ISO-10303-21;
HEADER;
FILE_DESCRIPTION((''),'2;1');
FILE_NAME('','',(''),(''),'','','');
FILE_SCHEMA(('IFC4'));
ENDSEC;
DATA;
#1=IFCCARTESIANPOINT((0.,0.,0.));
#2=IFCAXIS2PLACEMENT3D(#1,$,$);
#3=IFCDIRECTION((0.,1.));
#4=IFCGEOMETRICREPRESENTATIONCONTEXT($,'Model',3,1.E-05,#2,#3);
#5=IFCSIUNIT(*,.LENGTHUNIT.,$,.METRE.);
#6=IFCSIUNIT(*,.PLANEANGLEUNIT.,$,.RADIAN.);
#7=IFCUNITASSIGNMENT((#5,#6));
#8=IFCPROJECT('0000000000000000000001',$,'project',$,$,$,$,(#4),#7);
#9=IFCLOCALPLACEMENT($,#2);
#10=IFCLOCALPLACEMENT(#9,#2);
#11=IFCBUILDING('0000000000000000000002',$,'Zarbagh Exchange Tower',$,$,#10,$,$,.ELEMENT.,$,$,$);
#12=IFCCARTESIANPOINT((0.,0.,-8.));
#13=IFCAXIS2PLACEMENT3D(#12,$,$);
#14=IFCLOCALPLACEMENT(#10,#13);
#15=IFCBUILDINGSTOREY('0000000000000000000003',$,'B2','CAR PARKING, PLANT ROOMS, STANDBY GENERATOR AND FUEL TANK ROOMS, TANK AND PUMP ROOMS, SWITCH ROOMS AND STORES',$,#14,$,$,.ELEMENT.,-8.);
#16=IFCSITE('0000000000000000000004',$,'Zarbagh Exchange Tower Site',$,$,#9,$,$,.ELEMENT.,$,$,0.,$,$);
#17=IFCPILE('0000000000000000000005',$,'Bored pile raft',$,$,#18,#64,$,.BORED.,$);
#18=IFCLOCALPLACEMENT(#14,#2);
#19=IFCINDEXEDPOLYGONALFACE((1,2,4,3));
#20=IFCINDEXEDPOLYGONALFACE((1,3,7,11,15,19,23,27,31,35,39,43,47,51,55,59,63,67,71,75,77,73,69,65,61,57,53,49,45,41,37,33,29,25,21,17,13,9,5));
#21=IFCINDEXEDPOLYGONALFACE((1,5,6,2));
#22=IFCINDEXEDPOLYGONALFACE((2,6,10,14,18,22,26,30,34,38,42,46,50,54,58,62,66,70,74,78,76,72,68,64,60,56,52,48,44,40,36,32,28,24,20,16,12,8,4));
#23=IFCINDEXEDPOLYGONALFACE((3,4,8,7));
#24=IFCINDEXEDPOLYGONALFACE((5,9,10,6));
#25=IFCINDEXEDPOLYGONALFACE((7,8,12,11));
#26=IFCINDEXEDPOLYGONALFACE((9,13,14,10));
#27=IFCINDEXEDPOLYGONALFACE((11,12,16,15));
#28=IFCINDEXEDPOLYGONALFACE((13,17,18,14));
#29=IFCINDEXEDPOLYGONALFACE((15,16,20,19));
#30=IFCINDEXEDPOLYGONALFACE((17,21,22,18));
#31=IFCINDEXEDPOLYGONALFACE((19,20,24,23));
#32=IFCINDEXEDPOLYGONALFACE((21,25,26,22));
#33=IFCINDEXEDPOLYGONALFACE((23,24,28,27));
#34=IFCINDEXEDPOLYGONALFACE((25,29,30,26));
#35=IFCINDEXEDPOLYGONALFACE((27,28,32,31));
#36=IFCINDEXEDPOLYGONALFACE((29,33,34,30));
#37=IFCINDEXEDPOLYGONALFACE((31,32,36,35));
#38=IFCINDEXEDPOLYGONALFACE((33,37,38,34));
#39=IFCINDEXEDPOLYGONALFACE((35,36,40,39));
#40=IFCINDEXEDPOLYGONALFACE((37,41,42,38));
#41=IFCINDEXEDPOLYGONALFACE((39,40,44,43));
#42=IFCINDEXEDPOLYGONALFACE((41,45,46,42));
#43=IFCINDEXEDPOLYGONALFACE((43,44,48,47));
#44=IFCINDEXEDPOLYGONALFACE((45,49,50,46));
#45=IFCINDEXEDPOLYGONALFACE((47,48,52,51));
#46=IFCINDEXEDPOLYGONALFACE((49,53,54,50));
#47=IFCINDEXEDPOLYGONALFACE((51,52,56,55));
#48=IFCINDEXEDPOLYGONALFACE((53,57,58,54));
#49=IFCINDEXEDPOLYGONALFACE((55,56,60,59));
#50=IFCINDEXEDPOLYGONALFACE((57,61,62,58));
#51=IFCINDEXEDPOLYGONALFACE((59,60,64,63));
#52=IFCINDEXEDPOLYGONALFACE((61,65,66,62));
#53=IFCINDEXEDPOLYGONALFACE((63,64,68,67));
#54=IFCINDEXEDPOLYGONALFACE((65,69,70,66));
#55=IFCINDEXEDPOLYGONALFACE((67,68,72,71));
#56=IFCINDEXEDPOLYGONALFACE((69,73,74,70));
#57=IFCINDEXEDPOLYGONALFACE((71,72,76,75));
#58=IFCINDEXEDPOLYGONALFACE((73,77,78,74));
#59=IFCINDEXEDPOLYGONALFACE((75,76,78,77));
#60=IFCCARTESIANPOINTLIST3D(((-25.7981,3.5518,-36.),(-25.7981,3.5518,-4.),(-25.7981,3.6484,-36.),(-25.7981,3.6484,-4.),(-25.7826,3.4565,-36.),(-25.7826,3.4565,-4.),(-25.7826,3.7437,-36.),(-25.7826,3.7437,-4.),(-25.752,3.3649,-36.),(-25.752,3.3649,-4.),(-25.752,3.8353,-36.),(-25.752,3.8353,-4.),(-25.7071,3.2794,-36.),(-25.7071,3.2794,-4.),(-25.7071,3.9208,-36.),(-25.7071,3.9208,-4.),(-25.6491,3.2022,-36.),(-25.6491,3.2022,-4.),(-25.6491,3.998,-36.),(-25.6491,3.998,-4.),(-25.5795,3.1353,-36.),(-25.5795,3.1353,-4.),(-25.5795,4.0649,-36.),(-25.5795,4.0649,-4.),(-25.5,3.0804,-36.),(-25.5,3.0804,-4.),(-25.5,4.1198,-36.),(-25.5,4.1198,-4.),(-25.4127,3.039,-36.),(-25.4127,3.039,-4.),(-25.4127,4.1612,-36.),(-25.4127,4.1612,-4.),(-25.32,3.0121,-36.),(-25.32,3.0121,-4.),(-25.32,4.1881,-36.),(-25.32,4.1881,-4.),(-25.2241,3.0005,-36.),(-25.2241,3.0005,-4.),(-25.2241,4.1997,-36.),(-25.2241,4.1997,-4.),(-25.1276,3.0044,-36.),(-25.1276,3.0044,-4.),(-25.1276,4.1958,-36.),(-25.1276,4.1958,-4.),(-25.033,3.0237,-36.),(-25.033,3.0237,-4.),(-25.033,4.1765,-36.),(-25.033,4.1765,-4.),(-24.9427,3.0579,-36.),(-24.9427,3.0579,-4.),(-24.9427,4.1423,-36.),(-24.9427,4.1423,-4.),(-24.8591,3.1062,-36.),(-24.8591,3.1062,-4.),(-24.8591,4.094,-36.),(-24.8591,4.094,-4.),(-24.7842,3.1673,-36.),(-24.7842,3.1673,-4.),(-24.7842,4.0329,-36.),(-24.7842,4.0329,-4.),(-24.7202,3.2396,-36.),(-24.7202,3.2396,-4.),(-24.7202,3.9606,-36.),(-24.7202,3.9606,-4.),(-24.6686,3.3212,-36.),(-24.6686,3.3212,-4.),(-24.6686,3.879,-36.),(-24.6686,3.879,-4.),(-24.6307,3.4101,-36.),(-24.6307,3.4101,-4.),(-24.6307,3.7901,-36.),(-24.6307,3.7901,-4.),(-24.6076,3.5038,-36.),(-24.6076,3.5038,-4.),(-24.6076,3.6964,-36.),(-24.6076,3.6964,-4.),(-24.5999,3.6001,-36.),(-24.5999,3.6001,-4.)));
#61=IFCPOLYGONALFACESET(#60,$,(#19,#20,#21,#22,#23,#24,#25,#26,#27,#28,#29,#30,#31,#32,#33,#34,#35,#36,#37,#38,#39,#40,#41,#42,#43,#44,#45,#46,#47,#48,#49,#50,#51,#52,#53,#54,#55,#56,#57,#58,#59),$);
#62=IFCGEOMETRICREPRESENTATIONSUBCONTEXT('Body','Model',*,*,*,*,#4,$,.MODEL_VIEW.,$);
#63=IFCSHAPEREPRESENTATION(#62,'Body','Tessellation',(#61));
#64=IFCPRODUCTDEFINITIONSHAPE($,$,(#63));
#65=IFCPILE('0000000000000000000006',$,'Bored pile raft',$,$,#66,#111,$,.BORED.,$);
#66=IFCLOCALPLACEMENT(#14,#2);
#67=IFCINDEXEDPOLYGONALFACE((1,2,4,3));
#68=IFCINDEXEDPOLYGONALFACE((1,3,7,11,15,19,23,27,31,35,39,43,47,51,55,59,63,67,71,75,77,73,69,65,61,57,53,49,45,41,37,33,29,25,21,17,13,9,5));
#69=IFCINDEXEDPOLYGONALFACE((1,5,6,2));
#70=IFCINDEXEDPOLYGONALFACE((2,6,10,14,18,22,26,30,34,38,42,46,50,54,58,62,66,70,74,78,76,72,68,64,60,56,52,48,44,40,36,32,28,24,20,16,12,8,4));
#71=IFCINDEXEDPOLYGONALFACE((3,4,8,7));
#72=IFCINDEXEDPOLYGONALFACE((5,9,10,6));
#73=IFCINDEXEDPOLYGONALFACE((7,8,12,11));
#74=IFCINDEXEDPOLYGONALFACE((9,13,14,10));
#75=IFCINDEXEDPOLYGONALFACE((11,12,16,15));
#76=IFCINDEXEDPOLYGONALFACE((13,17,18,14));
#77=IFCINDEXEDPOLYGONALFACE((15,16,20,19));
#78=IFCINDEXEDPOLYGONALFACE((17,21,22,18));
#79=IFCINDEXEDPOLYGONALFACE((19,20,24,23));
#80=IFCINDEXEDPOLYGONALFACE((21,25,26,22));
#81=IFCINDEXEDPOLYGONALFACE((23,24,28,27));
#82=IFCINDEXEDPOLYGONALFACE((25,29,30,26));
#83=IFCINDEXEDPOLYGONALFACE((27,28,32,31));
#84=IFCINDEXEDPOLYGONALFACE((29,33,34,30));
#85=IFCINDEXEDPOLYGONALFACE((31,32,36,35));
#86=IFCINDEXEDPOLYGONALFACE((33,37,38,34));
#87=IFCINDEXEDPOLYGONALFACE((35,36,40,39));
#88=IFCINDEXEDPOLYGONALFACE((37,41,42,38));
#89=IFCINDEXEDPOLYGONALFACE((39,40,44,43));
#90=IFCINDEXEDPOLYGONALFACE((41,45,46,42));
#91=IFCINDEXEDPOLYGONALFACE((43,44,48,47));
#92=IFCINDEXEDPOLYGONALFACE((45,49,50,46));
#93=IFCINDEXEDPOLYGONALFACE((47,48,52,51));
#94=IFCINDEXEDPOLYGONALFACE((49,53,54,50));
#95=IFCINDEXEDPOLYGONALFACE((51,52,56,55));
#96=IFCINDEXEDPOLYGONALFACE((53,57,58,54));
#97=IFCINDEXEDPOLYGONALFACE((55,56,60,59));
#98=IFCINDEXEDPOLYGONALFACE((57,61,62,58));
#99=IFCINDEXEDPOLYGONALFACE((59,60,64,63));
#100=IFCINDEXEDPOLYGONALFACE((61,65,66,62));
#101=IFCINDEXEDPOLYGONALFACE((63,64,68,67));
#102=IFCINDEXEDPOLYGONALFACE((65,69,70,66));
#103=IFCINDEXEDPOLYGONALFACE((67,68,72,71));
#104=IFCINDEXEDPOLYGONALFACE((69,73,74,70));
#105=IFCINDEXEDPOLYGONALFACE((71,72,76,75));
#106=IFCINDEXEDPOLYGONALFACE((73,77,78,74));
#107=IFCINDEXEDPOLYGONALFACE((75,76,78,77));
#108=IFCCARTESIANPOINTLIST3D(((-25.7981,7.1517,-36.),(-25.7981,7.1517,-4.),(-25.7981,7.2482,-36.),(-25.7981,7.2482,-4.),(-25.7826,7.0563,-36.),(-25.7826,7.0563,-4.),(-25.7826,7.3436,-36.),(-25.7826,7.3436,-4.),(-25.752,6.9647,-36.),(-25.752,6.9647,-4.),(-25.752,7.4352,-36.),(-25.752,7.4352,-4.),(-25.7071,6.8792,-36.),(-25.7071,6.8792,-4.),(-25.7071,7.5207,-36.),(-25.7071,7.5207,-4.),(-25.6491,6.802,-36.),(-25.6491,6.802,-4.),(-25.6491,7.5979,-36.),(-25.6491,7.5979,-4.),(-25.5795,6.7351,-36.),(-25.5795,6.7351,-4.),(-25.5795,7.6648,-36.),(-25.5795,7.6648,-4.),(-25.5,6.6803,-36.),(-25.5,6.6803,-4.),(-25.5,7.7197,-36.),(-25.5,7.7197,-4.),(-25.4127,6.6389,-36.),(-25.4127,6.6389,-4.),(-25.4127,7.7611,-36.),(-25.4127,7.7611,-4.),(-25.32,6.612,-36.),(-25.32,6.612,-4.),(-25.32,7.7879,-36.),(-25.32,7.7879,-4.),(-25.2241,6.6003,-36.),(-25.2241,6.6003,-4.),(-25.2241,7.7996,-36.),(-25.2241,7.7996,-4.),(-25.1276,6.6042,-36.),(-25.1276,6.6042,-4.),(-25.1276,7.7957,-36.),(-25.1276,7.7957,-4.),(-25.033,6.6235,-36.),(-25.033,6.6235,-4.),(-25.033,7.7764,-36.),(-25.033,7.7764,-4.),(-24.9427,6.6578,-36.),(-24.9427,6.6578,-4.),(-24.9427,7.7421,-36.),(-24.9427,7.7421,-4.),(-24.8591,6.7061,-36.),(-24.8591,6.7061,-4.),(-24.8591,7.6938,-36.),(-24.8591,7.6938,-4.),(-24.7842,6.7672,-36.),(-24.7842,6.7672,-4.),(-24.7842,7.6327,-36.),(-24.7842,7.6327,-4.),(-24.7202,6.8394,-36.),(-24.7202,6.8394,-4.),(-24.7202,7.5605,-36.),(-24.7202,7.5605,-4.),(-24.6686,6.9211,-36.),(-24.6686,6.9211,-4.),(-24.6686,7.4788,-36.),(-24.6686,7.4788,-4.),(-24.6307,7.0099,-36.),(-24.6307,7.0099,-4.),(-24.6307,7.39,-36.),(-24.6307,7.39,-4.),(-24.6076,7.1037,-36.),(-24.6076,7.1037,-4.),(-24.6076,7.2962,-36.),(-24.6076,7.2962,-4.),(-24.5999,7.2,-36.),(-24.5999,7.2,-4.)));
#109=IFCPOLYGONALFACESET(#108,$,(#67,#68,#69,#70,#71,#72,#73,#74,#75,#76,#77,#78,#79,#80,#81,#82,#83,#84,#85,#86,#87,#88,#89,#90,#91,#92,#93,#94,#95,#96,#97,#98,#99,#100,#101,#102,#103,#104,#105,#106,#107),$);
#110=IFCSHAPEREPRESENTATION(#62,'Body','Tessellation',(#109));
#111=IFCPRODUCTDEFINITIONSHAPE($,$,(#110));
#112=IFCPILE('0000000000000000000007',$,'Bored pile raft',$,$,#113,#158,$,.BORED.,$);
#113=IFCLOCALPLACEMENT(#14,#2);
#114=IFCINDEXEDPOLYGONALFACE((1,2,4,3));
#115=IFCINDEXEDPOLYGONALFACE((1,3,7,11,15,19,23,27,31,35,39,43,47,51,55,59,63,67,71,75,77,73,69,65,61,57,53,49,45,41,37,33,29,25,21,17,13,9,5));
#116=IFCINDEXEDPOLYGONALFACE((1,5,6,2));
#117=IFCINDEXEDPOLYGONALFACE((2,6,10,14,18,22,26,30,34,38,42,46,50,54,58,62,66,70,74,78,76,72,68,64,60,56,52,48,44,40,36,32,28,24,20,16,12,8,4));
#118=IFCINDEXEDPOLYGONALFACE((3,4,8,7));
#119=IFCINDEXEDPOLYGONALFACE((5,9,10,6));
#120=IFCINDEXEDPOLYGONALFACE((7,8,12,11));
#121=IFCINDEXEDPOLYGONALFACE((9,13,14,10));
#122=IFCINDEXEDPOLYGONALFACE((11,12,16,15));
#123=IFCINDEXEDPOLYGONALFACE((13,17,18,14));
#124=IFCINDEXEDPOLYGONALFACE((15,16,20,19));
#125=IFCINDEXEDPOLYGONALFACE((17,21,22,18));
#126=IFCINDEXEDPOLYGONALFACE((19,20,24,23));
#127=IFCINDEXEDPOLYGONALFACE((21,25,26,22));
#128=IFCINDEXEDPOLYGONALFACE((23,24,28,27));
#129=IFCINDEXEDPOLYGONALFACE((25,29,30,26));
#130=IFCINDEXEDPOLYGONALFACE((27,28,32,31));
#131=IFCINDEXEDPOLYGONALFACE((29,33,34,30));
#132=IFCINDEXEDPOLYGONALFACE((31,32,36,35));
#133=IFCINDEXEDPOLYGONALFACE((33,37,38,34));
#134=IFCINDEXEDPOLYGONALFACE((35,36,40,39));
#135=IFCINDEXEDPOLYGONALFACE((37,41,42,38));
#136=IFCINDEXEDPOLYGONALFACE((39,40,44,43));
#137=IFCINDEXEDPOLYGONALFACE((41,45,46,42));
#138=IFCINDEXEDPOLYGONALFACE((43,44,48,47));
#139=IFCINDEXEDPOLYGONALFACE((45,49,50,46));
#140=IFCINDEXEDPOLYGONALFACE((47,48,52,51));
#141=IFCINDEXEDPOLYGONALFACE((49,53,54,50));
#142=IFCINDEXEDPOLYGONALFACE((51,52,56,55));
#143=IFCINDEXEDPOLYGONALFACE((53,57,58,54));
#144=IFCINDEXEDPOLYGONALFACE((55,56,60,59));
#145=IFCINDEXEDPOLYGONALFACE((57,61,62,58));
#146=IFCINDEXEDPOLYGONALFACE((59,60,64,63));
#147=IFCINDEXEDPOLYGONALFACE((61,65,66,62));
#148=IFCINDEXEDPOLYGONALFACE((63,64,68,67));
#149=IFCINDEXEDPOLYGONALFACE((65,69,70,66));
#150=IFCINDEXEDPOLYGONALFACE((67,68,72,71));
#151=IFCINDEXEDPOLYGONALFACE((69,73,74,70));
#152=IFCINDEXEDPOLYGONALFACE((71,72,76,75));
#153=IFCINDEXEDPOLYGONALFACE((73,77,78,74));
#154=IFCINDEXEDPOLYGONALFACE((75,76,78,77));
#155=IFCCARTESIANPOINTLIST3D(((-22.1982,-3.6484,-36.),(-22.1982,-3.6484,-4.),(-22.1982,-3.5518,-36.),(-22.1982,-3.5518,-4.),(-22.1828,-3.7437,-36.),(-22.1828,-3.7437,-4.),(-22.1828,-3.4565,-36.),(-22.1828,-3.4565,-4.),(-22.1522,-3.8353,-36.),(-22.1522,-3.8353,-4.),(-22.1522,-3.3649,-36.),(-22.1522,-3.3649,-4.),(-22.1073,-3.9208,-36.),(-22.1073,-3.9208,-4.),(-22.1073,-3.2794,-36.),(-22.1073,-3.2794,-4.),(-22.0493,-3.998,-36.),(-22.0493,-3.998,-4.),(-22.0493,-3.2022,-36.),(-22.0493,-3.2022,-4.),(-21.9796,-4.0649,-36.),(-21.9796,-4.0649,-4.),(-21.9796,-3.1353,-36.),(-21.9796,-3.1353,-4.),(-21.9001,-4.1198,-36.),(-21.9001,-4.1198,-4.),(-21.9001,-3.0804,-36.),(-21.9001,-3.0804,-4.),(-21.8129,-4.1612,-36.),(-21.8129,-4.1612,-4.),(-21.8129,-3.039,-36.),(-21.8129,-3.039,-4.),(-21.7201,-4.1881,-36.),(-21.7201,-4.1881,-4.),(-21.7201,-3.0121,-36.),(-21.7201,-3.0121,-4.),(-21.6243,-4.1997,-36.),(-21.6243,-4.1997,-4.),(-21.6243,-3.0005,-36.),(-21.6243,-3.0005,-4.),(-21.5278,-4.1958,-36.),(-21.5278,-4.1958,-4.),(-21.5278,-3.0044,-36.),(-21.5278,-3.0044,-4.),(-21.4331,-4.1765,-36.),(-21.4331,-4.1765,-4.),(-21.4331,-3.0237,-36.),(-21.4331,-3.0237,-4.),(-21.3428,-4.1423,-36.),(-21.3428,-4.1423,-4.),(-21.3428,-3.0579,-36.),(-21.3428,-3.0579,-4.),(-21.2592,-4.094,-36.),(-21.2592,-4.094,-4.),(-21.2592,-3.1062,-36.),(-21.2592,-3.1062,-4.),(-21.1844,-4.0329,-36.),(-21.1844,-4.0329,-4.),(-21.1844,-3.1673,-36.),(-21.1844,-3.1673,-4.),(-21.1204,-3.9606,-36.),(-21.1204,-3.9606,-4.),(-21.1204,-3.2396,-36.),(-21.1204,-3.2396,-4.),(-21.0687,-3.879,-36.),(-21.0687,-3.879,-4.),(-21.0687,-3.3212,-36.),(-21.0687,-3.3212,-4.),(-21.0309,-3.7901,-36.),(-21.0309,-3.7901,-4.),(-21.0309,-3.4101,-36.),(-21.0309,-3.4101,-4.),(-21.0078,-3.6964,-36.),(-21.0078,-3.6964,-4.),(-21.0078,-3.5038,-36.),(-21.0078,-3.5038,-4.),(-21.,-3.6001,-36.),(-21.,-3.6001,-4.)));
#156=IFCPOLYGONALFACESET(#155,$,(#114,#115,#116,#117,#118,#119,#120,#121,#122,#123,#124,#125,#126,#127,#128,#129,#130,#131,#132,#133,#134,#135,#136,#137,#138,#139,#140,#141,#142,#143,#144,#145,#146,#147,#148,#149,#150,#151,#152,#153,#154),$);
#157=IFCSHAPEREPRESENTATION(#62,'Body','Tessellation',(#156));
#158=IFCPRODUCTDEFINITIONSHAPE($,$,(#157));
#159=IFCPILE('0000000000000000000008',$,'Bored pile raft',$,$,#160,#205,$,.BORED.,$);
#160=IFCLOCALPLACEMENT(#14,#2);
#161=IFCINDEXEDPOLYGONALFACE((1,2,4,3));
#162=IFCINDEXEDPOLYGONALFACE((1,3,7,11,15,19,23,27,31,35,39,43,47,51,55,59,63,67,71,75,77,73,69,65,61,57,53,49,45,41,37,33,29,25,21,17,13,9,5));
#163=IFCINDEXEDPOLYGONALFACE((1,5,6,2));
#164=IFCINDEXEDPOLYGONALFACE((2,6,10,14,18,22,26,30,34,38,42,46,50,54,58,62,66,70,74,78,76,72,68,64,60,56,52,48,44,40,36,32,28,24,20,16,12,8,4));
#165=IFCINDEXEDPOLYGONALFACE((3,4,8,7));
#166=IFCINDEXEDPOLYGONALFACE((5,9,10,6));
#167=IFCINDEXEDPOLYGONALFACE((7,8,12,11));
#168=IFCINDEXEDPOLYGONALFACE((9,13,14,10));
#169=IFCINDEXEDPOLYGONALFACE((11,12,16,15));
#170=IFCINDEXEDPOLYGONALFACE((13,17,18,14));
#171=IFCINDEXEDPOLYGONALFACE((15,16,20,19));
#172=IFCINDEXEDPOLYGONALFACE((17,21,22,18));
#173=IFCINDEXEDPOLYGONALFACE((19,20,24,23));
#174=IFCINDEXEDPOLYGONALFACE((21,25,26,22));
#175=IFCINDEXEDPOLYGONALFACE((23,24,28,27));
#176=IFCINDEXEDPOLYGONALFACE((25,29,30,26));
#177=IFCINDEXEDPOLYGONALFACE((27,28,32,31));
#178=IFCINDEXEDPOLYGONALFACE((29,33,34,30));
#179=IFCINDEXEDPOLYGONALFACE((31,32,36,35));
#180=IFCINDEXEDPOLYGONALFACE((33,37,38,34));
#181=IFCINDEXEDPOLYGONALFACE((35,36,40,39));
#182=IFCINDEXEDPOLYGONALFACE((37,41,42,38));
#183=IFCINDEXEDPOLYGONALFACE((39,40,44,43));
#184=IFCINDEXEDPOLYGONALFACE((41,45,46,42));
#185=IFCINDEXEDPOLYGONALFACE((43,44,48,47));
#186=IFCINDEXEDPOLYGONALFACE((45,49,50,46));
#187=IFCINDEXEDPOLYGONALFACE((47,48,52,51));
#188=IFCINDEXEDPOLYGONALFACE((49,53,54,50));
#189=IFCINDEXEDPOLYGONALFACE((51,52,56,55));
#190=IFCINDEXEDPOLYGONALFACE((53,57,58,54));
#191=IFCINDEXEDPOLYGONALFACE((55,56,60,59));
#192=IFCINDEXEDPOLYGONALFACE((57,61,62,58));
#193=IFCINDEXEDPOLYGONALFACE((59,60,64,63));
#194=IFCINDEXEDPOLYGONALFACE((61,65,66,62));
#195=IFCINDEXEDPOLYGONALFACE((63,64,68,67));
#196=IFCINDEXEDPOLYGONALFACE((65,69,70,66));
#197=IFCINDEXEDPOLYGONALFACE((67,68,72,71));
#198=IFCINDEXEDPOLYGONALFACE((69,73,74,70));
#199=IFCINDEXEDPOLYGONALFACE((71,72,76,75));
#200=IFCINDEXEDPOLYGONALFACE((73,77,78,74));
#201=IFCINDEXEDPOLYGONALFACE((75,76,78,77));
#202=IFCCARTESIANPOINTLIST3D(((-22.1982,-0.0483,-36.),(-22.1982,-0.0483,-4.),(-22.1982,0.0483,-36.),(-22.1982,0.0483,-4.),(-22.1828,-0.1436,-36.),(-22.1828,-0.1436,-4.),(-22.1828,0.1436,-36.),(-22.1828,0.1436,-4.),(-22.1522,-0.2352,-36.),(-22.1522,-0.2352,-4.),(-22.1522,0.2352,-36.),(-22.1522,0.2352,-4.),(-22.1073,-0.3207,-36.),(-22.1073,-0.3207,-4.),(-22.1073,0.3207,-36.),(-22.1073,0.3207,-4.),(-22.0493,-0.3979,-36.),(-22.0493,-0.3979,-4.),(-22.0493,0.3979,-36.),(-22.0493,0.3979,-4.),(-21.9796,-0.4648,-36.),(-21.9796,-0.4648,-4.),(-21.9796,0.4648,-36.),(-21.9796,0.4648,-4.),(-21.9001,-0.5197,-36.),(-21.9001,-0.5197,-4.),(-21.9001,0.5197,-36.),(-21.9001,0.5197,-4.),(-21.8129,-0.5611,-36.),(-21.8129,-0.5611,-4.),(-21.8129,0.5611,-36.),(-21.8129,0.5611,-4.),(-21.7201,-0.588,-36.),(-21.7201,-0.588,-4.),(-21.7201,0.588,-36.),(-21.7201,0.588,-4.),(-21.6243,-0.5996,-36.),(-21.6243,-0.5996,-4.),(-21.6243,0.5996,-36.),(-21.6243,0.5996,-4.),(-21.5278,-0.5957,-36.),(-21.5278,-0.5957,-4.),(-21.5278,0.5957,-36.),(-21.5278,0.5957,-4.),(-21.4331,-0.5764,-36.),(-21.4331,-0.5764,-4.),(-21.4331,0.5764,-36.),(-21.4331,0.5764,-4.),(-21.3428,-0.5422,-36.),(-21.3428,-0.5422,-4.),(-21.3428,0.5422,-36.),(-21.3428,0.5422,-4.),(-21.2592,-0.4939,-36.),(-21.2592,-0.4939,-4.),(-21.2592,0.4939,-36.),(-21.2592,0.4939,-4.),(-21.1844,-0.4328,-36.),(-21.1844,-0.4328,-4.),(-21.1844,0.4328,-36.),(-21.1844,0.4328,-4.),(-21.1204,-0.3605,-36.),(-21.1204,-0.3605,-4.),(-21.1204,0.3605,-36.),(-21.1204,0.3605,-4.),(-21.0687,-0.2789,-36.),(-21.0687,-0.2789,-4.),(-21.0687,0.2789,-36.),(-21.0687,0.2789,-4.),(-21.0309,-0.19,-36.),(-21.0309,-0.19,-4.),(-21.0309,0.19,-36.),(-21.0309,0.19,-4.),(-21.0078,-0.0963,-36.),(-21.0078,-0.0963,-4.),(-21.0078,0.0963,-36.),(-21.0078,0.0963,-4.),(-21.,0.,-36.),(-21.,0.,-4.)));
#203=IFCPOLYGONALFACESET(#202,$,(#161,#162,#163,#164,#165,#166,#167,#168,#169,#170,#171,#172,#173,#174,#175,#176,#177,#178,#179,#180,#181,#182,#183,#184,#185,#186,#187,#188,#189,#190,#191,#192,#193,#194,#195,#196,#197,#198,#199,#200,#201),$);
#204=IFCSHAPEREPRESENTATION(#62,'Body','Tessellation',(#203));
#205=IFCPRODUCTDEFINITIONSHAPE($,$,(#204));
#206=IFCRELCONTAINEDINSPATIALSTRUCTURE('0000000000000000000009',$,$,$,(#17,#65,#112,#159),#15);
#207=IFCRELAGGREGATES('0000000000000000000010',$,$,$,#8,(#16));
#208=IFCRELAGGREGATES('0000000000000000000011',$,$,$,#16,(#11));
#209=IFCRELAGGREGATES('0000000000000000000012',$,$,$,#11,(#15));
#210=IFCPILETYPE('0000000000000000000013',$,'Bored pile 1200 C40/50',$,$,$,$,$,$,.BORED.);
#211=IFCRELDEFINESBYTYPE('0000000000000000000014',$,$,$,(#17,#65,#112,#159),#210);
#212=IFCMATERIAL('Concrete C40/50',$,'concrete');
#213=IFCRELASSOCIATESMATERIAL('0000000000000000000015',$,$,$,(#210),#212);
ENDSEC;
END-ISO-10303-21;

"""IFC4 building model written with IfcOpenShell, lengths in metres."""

from ifc_helpers import new_model, si_unit, direction, frame, origin, origin_2d, place, context, subcontext, project, spatial, circle, extrude, material, material_profile, profile_set, type_object, element, save


model = new_model("IFC4")

# Units and contexts
model_context = context("Model", 3, precision=1e-05, world=origin(), true_north=direction((0.0, 1.0)))
body_context = subcontext(model_context, "Body", "Model", "MODEL_VIEW")
ifc_project = project(units=[si_unit("LENGTHUNIT", "METRE"), si_unit("PLANEANGLEUNIT", "RADIAN")], contexts=[model_context])

# Site, building, storey
site_placement = place(None, origin())
site = spatial("IfcSite", under=ifc_project, at=site_placement, Name="Zarbagh Exchange Tower Site", CompositionType="ELEMENT", RefElevation=0.0)
building_placement = place(site_placement, origin())
building = spatial("IfcBuilding", under=site, at=building_placement, Name="Zarbagh Exchange Tower", CompositionType="ELEMENT")
storey_placement = place(building_placement, frame((0.0, 0.0, -8.0)))
storey = spatial("IfcBuildingStorey", under=building, at=storey_placement, Name="B2", Description="CAR PARKING, PLANT ROOMS, STANDBY GENERATOR AND FUEL TANK ROOMS, TANK AND PUMP ROOMS, SWITCH ROOMS AND STORES", CompositionType="ELEMENT", Elevation=-8.0)

# Piles
ifc_material_1 = material(Name="Concrete C40/50", Category="concrete")
ifc_material_profile_1 = material_profile(ifc_material_1, circle(Radius=0.6001, at=origin_2d()), Name="Bored pile 1200 C40/50")
ifc_profile_set_1 = profile_set([ifc_material_profile_1], Name="Concrete C40/50")
pile_type = type_object("IfcPileType", Name="Bored pile 1200 C40/50", PredefinedType="BORED", material=ifc_profile_set_1)
for number, where, z_axis, x_axis, name in (
    (1, (-25.2, 3.6001, -4.0), (0.0, 0.0, -1.0), (1.0, 0.0, 0.0), "Bored pile raft"),
    (2, (-25.2, 7.2, -4.0), (0.0, 0.0, -1.0), (1.0, 0.0, 0.0), "Bored pile raft"),
    (3, (-21.6001, -3.6001, -4.0), (0.0, 0.0, -1.0), (1.0, 0.0, 0.0), "Bored pile raft"),
    (4, (-21.6001, 0.0, -4.0), (0.0, 0.0, -1.0), (1.0, 0.0, 0.0), "Bored pile raft"),
):
    element("IfcPile", number, at=place(storey_placement, frame(where, z_axis=z_axis, x_axis=x_axis)), inside=storey, type_object=pile_type, Name=name, PredefinedType="BORED", context=body_context, shape_type="SweptSolid", body=[
        extrude(circle(Radius=0.6001, at=origin_2d()), origin(), (0.0, 0.0, 1.0), 32.0),
    ])

save(model, "model.ifc")
